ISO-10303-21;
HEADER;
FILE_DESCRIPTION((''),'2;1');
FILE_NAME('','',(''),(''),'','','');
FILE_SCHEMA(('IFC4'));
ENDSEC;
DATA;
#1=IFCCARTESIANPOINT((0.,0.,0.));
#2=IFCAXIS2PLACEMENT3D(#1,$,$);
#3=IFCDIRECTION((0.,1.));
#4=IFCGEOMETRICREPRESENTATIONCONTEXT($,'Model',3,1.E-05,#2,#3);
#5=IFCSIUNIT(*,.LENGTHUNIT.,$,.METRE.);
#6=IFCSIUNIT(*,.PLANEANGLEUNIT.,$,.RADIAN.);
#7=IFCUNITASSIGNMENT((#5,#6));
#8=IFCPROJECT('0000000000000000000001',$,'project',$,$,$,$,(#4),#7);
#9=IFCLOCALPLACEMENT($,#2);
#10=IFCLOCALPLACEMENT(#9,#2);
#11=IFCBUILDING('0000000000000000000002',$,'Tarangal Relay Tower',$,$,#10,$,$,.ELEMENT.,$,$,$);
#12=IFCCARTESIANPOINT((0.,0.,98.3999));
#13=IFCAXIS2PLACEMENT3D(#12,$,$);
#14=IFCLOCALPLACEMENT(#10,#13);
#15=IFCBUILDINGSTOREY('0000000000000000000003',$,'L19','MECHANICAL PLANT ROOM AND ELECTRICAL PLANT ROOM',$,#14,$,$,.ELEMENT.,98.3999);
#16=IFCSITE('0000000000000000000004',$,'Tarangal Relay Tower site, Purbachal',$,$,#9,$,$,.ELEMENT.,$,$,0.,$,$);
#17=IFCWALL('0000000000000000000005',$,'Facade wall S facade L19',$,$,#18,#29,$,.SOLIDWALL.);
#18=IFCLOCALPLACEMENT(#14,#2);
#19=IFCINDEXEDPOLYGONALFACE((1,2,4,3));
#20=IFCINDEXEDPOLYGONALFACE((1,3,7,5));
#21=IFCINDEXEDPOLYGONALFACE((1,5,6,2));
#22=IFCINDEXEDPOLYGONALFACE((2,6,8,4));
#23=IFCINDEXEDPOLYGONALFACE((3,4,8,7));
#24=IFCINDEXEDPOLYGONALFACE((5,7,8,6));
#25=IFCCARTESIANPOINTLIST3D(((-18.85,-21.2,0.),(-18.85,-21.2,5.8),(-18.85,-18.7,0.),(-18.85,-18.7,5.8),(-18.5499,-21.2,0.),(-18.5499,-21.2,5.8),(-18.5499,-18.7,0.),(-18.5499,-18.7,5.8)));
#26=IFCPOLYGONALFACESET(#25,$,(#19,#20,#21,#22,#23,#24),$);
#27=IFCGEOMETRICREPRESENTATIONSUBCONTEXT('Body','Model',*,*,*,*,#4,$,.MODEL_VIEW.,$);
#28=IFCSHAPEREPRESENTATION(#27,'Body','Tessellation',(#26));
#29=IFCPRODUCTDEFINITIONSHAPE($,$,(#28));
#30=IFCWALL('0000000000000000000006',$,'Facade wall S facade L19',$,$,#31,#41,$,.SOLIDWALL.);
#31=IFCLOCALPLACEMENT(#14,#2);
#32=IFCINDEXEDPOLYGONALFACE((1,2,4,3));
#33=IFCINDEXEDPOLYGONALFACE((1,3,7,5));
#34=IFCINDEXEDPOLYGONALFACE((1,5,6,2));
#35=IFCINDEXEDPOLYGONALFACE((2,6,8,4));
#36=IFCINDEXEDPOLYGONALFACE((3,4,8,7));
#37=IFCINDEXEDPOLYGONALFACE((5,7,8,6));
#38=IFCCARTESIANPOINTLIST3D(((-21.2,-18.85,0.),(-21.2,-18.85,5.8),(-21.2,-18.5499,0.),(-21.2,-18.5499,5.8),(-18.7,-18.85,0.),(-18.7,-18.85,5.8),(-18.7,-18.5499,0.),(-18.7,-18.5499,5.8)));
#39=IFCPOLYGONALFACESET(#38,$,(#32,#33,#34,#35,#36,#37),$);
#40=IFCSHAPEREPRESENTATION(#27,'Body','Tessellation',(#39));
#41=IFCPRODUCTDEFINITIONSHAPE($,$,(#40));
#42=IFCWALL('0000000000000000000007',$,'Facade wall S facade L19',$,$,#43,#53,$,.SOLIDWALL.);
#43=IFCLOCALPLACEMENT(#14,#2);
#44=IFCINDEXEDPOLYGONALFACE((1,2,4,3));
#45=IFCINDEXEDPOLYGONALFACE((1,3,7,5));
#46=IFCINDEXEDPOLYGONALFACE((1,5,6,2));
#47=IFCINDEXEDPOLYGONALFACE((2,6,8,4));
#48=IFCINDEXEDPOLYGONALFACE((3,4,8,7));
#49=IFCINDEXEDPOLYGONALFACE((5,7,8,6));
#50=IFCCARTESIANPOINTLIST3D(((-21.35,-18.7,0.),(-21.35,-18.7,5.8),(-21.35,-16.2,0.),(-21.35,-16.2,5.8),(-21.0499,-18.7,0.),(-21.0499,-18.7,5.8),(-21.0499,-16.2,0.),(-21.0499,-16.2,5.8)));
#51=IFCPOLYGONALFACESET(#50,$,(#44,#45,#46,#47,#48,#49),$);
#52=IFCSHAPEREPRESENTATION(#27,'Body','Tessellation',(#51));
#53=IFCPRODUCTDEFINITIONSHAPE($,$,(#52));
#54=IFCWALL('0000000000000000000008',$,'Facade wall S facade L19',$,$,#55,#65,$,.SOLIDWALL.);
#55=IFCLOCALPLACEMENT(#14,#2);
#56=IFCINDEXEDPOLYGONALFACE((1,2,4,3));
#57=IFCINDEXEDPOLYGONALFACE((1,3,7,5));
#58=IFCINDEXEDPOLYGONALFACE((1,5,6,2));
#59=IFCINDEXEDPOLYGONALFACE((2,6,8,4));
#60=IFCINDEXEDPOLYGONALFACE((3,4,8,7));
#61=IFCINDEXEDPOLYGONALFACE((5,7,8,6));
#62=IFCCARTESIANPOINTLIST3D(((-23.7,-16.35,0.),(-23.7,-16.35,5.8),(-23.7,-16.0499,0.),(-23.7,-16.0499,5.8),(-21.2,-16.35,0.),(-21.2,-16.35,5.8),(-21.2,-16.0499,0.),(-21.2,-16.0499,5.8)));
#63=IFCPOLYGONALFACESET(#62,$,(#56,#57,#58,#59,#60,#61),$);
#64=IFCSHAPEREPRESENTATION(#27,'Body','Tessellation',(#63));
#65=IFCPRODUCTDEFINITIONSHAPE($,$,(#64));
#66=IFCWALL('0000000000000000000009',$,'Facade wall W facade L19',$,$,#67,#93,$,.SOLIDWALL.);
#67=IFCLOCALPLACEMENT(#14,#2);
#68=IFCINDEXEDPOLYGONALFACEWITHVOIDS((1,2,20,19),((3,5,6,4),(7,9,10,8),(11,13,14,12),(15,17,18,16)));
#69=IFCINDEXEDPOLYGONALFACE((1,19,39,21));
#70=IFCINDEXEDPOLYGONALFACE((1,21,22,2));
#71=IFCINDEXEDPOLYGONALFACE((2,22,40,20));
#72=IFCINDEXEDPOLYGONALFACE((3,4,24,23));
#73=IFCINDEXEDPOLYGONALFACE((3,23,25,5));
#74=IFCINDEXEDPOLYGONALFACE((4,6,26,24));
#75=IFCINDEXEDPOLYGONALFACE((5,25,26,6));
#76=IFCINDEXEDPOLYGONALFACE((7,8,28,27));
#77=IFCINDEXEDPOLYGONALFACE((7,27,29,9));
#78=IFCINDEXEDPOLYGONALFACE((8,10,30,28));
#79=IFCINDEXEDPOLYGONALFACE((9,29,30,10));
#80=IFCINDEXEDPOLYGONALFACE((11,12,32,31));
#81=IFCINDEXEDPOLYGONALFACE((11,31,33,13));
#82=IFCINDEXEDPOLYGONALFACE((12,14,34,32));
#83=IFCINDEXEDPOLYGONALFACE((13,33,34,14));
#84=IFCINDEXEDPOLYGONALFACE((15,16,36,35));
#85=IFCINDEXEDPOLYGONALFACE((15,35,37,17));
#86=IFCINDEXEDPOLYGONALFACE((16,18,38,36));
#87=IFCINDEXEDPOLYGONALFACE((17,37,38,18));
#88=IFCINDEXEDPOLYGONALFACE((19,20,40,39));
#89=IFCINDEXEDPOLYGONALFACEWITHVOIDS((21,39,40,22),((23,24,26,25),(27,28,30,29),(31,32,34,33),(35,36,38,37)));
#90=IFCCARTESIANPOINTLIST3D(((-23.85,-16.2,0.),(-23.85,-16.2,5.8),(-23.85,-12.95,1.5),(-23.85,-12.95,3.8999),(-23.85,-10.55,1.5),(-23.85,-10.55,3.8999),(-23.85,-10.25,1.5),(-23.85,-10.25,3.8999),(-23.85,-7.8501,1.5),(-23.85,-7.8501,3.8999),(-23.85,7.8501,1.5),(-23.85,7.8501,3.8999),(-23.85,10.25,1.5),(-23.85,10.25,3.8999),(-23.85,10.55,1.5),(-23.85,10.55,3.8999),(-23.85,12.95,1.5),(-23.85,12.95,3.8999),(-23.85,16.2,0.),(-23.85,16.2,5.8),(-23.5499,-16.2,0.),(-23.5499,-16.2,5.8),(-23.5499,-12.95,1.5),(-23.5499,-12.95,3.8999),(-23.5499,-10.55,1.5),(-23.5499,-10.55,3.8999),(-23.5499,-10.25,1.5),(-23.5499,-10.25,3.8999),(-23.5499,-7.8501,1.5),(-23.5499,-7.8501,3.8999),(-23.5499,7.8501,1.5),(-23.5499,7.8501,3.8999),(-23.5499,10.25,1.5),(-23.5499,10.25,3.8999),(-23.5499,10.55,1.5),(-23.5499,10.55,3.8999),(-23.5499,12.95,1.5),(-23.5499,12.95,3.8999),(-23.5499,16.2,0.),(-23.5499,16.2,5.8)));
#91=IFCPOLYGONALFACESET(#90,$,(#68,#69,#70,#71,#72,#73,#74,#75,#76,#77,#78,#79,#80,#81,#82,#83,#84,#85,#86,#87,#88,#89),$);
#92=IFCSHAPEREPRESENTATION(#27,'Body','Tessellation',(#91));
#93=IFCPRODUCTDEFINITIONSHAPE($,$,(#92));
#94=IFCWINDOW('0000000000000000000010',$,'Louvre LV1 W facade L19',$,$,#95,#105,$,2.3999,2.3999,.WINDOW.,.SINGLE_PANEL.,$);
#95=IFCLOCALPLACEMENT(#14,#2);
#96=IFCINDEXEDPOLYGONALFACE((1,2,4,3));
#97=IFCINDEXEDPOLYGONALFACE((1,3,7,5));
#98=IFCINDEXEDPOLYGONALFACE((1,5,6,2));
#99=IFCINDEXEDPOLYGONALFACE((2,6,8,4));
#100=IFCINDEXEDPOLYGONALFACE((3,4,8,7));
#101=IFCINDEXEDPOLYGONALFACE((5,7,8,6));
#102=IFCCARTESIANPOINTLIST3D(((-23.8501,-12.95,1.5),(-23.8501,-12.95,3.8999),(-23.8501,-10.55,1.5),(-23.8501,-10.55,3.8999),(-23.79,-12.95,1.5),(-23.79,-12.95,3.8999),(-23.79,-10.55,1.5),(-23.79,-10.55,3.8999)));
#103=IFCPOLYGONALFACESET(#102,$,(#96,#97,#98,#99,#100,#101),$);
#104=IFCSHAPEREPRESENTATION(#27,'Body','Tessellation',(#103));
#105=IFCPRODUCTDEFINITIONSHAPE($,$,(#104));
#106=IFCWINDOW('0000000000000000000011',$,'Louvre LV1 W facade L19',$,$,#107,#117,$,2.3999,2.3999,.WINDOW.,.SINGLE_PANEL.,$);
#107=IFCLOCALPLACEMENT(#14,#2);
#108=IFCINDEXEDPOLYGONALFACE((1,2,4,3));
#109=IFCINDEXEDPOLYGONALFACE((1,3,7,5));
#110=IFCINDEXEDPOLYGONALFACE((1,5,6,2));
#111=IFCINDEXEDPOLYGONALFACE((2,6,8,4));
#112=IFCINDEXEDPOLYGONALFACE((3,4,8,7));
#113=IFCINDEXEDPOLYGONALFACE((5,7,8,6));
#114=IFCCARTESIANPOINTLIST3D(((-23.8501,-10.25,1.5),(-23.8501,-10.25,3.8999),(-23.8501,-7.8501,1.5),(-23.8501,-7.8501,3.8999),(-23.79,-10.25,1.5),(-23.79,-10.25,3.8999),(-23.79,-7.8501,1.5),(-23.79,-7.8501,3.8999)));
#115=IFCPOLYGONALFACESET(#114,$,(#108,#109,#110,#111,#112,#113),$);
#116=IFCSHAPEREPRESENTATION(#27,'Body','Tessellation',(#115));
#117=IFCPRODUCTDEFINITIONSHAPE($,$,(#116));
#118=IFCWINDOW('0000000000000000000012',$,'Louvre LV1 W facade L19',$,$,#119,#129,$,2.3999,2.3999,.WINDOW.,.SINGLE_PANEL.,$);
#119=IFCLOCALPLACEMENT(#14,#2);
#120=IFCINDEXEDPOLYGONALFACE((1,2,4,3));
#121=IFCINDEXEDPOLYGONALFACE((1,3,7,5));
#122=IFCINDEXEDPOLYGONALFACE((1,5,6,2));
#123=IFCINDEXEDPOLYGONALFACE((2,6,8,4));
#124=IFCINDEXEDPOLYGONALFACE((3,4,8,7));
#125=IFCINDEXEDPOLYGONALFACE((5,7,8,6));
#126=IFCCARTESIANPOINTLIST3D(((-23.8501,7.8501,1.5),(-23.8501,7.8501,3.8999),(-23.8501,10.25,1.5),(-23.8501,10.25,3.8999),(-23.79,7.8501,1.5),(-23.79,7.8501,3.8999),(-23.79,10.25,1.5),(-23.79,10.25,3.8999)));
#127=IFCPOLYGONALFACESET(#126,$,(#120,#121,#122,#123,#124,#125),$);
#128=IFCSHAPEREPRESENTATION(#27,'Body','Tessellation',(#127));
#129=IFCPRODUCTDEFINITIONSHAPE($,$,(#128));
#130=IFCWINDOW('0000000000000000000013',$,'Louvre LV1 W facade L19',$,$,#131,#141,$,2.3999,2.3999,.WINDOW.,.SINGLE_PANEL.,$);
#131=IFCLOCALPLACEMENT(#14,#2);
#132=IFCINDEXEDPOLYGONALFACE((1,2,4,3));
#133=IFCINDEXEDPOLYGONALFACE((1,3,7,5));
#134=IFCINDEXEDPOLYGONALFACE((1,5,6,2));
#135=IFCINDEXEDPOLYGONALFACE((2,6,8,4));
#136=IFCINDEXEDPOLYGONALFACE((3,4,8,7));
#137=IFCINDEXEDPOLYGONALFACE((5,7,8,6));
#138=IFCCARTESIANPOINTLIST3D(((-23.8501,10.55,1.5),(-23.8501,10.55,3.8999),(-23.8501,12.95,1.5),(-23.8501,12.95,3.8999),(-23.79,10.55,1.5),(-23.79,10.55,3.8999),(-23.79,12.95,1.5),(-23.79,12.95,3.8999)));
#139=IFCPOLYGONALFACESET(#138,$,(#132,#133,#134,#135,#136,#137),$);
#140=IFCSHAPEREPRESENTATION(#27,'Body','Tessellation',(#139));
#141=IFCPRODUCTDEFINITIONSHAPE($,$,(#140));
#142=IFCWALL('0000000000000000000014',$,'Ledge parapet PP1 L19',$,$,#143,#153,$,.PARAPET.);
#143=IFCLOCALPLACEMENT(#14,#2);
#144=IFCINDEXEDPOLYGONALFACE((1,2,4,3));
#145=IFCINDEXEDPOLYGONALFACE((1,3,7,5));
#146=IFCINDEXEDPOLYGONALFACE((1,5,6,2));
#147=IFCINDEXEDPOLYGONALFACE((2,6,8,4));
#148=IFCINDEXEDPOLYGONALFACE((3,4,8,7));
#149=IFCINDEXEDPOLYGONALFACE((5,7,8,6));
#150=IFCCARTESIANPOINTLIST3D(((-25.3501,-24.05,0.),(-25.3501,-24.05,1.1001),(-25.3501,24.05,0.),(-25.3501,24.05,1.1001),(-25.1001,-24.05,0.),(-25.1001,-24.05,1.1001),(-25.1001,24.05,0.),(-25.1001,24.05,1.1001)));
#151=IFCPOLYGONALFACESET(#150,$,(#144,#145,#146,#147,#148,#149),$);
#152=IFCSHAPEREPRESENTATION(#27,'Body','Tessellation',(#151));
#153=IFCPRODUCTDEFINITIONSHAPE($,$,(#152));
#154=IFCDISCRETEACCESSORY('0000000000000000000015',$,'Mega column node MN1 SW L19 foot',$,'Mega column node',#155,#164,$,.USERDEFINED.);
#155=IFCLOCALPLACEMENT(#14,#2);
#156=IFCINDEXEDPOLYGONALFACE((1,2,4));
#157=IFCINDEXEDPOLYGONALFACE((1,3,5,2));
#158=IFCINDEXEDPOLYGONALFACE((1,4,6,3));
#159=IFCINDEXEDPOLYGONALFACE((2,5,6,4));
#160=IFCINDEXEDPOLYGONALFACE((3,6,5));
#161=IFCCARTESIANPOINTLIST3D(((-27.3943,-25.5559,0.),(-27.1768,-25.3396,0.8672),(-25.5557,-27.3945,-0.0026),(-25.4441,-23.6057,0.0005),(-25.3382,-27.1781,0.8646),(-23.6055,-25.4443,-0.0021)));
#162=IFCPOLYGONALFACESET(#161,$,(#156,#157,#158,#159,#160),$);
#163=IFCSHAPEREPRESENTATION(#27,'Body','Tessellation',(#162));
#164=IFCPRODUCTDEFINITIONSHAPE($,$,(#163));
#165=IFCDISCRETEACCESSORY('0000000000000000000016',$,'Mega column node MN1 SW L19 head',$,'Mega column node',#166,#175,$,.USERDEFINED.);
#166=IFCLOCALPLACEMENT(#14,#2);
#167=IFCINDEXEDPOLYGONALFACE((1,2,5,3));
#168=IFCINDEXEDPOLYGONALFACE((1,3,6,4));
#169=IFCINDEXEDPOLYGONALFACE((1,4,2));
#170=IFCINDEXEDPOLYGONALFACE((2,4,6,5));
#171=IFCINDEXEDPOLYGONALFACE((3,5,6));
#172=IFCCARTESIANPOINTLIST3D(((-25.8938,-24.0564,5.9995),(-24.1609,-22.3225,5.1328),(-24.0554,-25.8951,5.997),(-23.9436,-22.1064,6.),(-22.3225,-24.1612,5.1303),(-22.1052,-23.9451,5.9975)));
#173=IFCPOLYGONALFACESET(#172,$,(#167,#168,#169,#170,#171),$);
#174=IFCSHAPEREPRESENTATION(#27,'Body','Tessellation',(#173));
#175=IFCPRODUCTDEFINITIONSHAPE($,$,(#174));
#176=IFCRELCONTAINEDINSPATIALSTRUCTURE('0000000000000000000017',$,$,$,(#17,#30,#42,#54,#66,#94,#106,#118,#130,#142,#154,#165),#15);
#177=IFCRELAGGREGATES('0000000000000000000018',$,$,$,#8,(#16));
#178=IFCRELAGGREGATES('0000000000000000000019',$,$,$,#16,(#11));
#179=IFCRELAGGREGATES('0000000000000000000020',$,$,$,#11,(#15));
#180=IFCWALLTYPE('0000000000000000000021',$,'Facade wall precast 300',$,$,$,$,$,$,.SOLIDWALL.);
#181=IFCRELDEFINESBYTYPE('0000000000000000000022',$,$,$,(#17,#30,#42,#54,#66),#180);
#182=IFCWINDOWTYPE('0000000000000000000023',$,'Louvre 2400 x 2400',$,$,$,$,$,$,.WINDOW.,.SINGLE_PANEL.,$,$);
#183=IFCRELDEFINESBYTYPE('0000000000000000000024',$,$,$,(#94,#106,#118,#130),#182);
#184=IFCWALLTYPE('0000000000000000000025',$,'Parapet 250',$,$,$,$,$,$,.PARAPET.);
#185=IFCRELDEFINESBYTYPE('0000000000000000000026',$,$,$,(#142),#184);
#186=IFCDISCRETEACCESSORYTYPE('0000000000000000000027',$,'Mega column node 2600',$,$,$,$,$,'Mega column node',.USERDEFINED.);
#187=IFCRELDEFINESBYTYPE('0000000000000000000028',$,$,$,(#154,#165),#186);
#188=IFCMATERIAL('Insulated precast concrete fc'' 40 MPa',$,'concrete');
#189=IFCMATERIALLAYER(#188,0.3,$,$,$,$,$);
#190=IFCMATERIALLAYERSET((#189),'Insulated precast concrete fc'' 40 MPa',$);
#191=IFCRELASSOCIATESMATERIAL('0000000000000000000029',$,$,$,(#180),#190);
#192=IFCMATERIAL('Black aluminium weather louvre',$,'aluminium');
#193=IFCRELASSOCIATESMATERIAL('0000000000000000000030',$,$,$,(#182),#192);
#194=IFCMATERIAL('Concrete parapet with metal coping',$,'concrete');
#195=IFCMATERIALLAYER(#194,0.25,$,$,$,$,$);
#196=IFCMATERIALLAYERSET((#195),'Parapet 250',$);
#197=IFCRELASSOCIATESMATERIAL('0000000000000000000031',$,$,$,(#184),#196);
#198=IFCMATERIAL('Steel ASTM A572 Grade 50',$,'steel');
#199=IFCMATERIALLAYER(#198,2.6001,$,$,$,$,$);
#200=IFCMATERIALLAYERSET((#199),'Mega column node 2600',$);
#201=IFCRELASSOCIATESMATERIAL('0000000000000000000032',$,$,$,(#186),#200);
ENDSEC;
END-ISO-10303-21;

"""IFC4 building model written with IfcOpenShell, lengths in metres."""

from ifc_helpers import new_model, si_unit, direction, frame, frame_2d, origin, place, context, subcontext, project, spatial, polyline, rectangle, outline, extrude, material, layer, layer_set, type_object, element, fill, save


model = new_model("IFC4")

# Units and contexts
model_context = context("Model", 3, precision=1e-05, world=origin(), true_north=direction((0.0, 1.0)))
body_context = subcontext(model_context, "Body", "Model", "MODEL_VIEW")
ifc_project = project(units=[si_unit("LENGTHUNIT", "METRE"), si_unit("PLANEANGLEUNIT", "RADIAN")], contexts=[model_context])

# Site, building, storey
site_placement = place(None, origin())
site = spatial("IfcSite", under=ifc_project, at=site_placement, Name="Tarangal Relay Tower site, Purbachal", CompositionType="ELEMENT", RefElevation=0.0)
building_placement = place(site_placement, origin())
building = spatial("IfcBuilding", under=site, at=building_placement, Name="Tarangal Relay Tower", CompositionType="ELEMENT")
storey_placement = place(building_placement, frame((0.0, 0.0, 98.3999)))
storey = spatial("IfcBuildingStorey", under=building, at=storey_placement, Name="L19", Description="MECHANICAL PLANT ROOM AND ELECTRICAL PLANT ROOM", CompositionType="ELEMENT", Elevation=98.3999)

# Shared definitions
ifc_material_1 = material(Name="Steel ASTM A572 Grade 50", Category="steel")

# Shared definitions
ifc_material_2 = material(Name="Insulated precast concrete fc' 40 MPa", Category="concrete")
ifc_layer_1 = layer(ifc_material_2, 0.3)
ifc_layer_set_1 = layer_set([ifc_layer_1], Name="Insulated precast concrete fc' 40 MPa")
wall_type_1 = type_object("IfcWallType", Name="Facade wall precast 300", PredefinedType="SOLIDWALL", material=ifc_layer_set_1)

# Walls
for number, where, z_axis, x_axis, name in (
    (1, (-18.7, -21.2, 0.0), (0.0, 0.0, 1.0), (0.0, 1.0, 0.0), "Facade wall S facade L19"),
    (2, (-18.7, -18.7, 0.0), (0.0, 0.0, 1.0), (-1.0, 0.0, 0.0), "Facade wall S facade L19"),
    (3, (-21.2, -18.7, 0.0), (0.0, 0.0, 1.0), (0.0, 1.0, 0.0), "Facade wall S facade L19"),
    (4, (-21.2, -16.2, 0.0), (0.0, 0.0, 1.0), (-1.0, 0.0, 0.0), "Facade wall S facade L19"),
):
    element("IfcWall", number, at=place(storey_placement, frame(where, z_axis=z_axis, x_axis=x_axis)), inside=storey, type_object=wall_type_1, Name=name, PredefinedType="SOLIDWALL", context=body_context, shape_type="SweptSolid", body=[
        extrude(rectangle(XDim=2.5, YDim=0.3, at=frame_2d((1.25, 0.0))), origin(), (0.0, 0.0, 1.0), 5.8),
    ])

# Wall, openings, windows
wall_1_placement = place(storey_placement, frame((-23.7, -16.2, 0.0), z_axis=(0.0, 0.0, 1.0), x_axis=(0.0, 1.0, 0.0)))
wall_1 = element("IfcWall", 5, at=wall_1_placement, inside=storey, type_object=wall_type_1, Name="Facade wall W facade L19", PredefinedType="SOLIDWALL", context=body_context, shape_type="SweptSolid", body=[
    extrude(rectangle(XDim=32.3999, YDim=0.3, at=frame_2d((16.2, 0.0))), origin(), (0.0, 0.0, 1.0), 5.8),
])
opening_1_placement = place(wall_1_placement, frame((3.25, 0.0, 1.5)))
opening_1 = element("IfcOpeningElement", 6, at=opening_1_placement, cuts=wall_1, PredefinedType="OPENING", context=body_context, shape_type="SweptSolid", body=[
    extrude(rectangle(XDim=2.3999, YDim=2.3999, at=frame_2d((1.2, 1.2))), frame((0.0, 0.1599, 0.0), z_axis=(0.0, -1.0, 0.0), x_axis=(1.0, 0.0, 0.0)), (0.0, 0.0, 1.0), 0.3201),
])
opening_2_placement = place(wall_1_placement, frame((5.95, 0.0, 1.5)))
opening_2 = element("IfcOpeningElement", 7, at=opening_2_placement, cuts=wall_1, PredefinedType="OPENING", context=body_context, shape_type="SweptSolid", body=[
    extrude(rectangle(XDim=2.3999, YDim=2.3999, at=frame_2d((1.2, 1.2))), frame((0.0, 0.1599, 0.0), z_axis=(0.0, -1.0, 0.0), x_axis=(1.0, 0.0, 0.0)), (0.0, 0.0, 1.0), 0.3201),
])
opening_3_placement = place(wall_1_placement, frame((24.05, 0.0, 1.5)))
opening_3 = element("IfcOpeningElement", 8, at=opening_3_placement, cuts=wall_1, PredefinedType="OPENING", context=body_context, shape_type="SweptSolid", body=[
    extrude(rectangle(XDim=2.3999, YDim=2.3999, at=frame_2d((1.2, 1.2))), frame((0.0, 0.1599, 0.0), z_axis=(0.0, -1.0, 0.0), x_axis=(1.0, 0.0, 0.0)), (0.0, 0.0, 1.0), 0.3201),
])
opening_4_placement = place(wall_1_placement, frame((26.75, 0.0, 1.5)))
opening_4 = element("IfcOpeningElement", 9, at=opening_4_placement, cuts=wall_1, PredefinedType="OPENING", context=body_context, shape_type="SweptSolid", body=[
    extrude(rectangle(XDim=2.3999, YDim=2.3999, at=frame_2d((1.2, 1.2))), frame((0.0, 0.1599, 0.0), z_axis=(0.0, -1.0, 0.0), x_axis=(1.0, 0.0, 0.0)), (0.0, 0.0, 1.0), 0.3201),
])
ifc_material_3 = material(Name="Black aluminium weather louvre", Category="aluminium")
window_type = type_object("IfcWindowType", Name="Louvre 2400 x 2400", PartitioningType="SINGLE_PANEL", PredefinedType="WINDOW", material=ifc_material_3)
window_1_placement = place(opening_1_placement, origin())
window_1 = element("IfcWindow", 10, at=window_1_placement, inside=storey, type_object=window_type, Name="Louvre LV1 W facade L19", OverallHeight=2.3999, OverallWidth=2.3999, PartitioningType="SINGLE_PANEL", PredefinedType="WINDOW", context=body_context, shape_type="SweptSolid", body=[
    extrude(rectangle(XDim=2.3999, YDim=2.3999, at=frame_2d((1.2, 1.2))), frame((0.0, 0.1501, 0.0), z_axis=(0.0, -1.0, 0.0), x_axis=(1.0, 0.0, 0.0)), (0.0, 0.0, 1.0), 0.0601),
])
fill(opening_1, window_1)
window_2_placement = place(opening_2_placement, origin())
window_2 = element("IfcWindow", 11, at=window_2_placement, inside=storey, type_object=window_type, Name="Louvre LV1 W facade L19", OverallHeight=2.3999, OverallWidth=2.3999, PartitioningType="SINGLE_PANEL", PredefinedType="WINDOW", context=body_context, shape_type="SweptSolid", body=[
    extrude(rectangle(XDim=2.3999, YDim=2.3999, at=frame_2d((1.2, 1.2))), frame((0.0, 0.1501, 0.0), z_axis=(0.0, -1.0, 0.0), x_axis=(1.0, 0.0, 0.0)), (0.0, 0.0, 1.0), 0.0601),
])
fill(opening_2, window_2)
window_3_placement = place(opening_3_placement, origin())
window_3 = element("IfcWindow", 12, at=window_3_placement, inside=storey, type_object=window_type, Name="Louvre LV1 W facade L19", OverallHeight=2.3999, OverallWidth=2.3999, PartitioningType="SINGLE_PANEL", PredefinedType="WINDOW", context=body_context, shape_type="SweptSolid", body=[
    extrude(rectangle(XDim=2.3999, YDim=2.3999, at=frame_2d((1.2, 1.2))), frame((0.0, 0.1501, 0.0), z_axis=(0.0, -1.0, 0.0), x_axis=(1.0, 0.0, 0.0)), (0.0, 0.0, 1.0), 0.0601),
])
fill(opening_3, window_3)
window_4_placement = place(opening_4_placement, origin())
window_4 = element("IfcWindow", 13, at=window_4_placement, inside=storey, type_object=window_type, Name="Louvre LV1 W facade L19", OverallHeight=2.3999, OverallWidth=2.3999, PartitioningType="SINGLE_PANEL", PredefinedType="WINDOW", context=body_context, shape_type="SweptSolid", body=[
    extrude(rectangle(XDim=2.3999, YDim=2.3999, at=frame_2d((1.2, 1.2))), frame((0.0, 0.1501, 0.0), z_axis=(0.0, -1.0, 0.0), x_axis=(1.0, 0.0, 0.0)), (0.0, 0.0, 1.0), 0.0601),
])
fill(opening_4, window_4)

# Wall
ifc_material_4 = material(Name="Concrete parapet with metal coping", Category="concrete")
ifc_layer_2 = layer(ifc_material_4, 0.25)
ifc_layer_set_2 = layer_set([ifc_layer_2], Name="Parapet 250")
wall_type_2 = type_object("IfcWallType", Name="Parapet 250", PredefinedType="PARAPET", material=ifc_layer_set_2)
wall_2_placement = place(storey_placement, frame((-25.2251, -24.05, 0.0), z_axis=(0.0, 0.0, 1.0), x_axis=(0.0, 1.0, 0.0)))
element("IfcWall", 14, at=wall_2_placement, inside=storey, type_object=wall_type_2, Name="Ledge parapet PP1 L19", PredefinedType="PARAPET", context=body_context, shape_type="SweptSolid", body=[
    extrude(rectangle(XDim=48.1001, YDim=0.25, at=frame_2d((24.05, 0.0))), origin(), (0.0, 0.0, 1.0), 1.1001),
])

# Discrete accessories
ifc_layer_3 = layer(ifc_material_1, 2.6001)
ifc_layer_set_3 = layer_set([ifc_layer_3], Name="Mega column node 2600")
discrete_accessory_type = type_object("IfcDiscreteAccessoryType", Name="Mega column node 2600", ElementType="Mega column node", PredefinedType="USERDEFINED", material=ifc_layer_set_3)
discrete_accessory_1_placement = place(storey_placement, frame((-25.4441, -23.6057, 0.0005), z_axis=(-0.707107, 0.707106, 0.000995), x_axis=(-0.666427, -0.666896, 0.333354)))
element("IfcDiscreteAccessory", 15, at=discrete_accessory_1_placement, inside=storey, type_object=discrete_accessory_type, Name="Mega column node MN1 SW L19 foot", ObjectType="Mega column node", PredefinedType="USERDEFINED", context=body_context, shape_type="SweptSolid", body=[
    extrude(outline(polyline([(0.0, 0.0), (2.5999, 0.0), (2.6001, -0.9198), (0.0, 0.0)])), origin(), (0.0, 0.0, -1.0), 2.6001),
])
discrete_accessory_2_placement = place(storey_placement, frame((-25.8938, -24.0564, 5.9995), z_axis=(-0.707062, 0.707151, 0.000973), x_axis=(0.666479, 0.666854, -0.333333)))
element("IfcDiscreteAccessory", 16, at=discrete_accessory_2_placement, inside=storey, type_object=discrete_accessory_type, Name="Mega column node MN1 SW L19 head", ObjectType="Mega column node", PredefinedType="USERDEFINED", context=body_context, shape_type="SweptSolid", body=[
    extrude(outline(polyline([(0.0, 0.0), (2.6001, 0.0), (2.5999, -0.9197), (0.0, 0.0)])), origin(), (0.0, 0.0, -1.0), 2.6001),
])

save(model, "model.ifc")
